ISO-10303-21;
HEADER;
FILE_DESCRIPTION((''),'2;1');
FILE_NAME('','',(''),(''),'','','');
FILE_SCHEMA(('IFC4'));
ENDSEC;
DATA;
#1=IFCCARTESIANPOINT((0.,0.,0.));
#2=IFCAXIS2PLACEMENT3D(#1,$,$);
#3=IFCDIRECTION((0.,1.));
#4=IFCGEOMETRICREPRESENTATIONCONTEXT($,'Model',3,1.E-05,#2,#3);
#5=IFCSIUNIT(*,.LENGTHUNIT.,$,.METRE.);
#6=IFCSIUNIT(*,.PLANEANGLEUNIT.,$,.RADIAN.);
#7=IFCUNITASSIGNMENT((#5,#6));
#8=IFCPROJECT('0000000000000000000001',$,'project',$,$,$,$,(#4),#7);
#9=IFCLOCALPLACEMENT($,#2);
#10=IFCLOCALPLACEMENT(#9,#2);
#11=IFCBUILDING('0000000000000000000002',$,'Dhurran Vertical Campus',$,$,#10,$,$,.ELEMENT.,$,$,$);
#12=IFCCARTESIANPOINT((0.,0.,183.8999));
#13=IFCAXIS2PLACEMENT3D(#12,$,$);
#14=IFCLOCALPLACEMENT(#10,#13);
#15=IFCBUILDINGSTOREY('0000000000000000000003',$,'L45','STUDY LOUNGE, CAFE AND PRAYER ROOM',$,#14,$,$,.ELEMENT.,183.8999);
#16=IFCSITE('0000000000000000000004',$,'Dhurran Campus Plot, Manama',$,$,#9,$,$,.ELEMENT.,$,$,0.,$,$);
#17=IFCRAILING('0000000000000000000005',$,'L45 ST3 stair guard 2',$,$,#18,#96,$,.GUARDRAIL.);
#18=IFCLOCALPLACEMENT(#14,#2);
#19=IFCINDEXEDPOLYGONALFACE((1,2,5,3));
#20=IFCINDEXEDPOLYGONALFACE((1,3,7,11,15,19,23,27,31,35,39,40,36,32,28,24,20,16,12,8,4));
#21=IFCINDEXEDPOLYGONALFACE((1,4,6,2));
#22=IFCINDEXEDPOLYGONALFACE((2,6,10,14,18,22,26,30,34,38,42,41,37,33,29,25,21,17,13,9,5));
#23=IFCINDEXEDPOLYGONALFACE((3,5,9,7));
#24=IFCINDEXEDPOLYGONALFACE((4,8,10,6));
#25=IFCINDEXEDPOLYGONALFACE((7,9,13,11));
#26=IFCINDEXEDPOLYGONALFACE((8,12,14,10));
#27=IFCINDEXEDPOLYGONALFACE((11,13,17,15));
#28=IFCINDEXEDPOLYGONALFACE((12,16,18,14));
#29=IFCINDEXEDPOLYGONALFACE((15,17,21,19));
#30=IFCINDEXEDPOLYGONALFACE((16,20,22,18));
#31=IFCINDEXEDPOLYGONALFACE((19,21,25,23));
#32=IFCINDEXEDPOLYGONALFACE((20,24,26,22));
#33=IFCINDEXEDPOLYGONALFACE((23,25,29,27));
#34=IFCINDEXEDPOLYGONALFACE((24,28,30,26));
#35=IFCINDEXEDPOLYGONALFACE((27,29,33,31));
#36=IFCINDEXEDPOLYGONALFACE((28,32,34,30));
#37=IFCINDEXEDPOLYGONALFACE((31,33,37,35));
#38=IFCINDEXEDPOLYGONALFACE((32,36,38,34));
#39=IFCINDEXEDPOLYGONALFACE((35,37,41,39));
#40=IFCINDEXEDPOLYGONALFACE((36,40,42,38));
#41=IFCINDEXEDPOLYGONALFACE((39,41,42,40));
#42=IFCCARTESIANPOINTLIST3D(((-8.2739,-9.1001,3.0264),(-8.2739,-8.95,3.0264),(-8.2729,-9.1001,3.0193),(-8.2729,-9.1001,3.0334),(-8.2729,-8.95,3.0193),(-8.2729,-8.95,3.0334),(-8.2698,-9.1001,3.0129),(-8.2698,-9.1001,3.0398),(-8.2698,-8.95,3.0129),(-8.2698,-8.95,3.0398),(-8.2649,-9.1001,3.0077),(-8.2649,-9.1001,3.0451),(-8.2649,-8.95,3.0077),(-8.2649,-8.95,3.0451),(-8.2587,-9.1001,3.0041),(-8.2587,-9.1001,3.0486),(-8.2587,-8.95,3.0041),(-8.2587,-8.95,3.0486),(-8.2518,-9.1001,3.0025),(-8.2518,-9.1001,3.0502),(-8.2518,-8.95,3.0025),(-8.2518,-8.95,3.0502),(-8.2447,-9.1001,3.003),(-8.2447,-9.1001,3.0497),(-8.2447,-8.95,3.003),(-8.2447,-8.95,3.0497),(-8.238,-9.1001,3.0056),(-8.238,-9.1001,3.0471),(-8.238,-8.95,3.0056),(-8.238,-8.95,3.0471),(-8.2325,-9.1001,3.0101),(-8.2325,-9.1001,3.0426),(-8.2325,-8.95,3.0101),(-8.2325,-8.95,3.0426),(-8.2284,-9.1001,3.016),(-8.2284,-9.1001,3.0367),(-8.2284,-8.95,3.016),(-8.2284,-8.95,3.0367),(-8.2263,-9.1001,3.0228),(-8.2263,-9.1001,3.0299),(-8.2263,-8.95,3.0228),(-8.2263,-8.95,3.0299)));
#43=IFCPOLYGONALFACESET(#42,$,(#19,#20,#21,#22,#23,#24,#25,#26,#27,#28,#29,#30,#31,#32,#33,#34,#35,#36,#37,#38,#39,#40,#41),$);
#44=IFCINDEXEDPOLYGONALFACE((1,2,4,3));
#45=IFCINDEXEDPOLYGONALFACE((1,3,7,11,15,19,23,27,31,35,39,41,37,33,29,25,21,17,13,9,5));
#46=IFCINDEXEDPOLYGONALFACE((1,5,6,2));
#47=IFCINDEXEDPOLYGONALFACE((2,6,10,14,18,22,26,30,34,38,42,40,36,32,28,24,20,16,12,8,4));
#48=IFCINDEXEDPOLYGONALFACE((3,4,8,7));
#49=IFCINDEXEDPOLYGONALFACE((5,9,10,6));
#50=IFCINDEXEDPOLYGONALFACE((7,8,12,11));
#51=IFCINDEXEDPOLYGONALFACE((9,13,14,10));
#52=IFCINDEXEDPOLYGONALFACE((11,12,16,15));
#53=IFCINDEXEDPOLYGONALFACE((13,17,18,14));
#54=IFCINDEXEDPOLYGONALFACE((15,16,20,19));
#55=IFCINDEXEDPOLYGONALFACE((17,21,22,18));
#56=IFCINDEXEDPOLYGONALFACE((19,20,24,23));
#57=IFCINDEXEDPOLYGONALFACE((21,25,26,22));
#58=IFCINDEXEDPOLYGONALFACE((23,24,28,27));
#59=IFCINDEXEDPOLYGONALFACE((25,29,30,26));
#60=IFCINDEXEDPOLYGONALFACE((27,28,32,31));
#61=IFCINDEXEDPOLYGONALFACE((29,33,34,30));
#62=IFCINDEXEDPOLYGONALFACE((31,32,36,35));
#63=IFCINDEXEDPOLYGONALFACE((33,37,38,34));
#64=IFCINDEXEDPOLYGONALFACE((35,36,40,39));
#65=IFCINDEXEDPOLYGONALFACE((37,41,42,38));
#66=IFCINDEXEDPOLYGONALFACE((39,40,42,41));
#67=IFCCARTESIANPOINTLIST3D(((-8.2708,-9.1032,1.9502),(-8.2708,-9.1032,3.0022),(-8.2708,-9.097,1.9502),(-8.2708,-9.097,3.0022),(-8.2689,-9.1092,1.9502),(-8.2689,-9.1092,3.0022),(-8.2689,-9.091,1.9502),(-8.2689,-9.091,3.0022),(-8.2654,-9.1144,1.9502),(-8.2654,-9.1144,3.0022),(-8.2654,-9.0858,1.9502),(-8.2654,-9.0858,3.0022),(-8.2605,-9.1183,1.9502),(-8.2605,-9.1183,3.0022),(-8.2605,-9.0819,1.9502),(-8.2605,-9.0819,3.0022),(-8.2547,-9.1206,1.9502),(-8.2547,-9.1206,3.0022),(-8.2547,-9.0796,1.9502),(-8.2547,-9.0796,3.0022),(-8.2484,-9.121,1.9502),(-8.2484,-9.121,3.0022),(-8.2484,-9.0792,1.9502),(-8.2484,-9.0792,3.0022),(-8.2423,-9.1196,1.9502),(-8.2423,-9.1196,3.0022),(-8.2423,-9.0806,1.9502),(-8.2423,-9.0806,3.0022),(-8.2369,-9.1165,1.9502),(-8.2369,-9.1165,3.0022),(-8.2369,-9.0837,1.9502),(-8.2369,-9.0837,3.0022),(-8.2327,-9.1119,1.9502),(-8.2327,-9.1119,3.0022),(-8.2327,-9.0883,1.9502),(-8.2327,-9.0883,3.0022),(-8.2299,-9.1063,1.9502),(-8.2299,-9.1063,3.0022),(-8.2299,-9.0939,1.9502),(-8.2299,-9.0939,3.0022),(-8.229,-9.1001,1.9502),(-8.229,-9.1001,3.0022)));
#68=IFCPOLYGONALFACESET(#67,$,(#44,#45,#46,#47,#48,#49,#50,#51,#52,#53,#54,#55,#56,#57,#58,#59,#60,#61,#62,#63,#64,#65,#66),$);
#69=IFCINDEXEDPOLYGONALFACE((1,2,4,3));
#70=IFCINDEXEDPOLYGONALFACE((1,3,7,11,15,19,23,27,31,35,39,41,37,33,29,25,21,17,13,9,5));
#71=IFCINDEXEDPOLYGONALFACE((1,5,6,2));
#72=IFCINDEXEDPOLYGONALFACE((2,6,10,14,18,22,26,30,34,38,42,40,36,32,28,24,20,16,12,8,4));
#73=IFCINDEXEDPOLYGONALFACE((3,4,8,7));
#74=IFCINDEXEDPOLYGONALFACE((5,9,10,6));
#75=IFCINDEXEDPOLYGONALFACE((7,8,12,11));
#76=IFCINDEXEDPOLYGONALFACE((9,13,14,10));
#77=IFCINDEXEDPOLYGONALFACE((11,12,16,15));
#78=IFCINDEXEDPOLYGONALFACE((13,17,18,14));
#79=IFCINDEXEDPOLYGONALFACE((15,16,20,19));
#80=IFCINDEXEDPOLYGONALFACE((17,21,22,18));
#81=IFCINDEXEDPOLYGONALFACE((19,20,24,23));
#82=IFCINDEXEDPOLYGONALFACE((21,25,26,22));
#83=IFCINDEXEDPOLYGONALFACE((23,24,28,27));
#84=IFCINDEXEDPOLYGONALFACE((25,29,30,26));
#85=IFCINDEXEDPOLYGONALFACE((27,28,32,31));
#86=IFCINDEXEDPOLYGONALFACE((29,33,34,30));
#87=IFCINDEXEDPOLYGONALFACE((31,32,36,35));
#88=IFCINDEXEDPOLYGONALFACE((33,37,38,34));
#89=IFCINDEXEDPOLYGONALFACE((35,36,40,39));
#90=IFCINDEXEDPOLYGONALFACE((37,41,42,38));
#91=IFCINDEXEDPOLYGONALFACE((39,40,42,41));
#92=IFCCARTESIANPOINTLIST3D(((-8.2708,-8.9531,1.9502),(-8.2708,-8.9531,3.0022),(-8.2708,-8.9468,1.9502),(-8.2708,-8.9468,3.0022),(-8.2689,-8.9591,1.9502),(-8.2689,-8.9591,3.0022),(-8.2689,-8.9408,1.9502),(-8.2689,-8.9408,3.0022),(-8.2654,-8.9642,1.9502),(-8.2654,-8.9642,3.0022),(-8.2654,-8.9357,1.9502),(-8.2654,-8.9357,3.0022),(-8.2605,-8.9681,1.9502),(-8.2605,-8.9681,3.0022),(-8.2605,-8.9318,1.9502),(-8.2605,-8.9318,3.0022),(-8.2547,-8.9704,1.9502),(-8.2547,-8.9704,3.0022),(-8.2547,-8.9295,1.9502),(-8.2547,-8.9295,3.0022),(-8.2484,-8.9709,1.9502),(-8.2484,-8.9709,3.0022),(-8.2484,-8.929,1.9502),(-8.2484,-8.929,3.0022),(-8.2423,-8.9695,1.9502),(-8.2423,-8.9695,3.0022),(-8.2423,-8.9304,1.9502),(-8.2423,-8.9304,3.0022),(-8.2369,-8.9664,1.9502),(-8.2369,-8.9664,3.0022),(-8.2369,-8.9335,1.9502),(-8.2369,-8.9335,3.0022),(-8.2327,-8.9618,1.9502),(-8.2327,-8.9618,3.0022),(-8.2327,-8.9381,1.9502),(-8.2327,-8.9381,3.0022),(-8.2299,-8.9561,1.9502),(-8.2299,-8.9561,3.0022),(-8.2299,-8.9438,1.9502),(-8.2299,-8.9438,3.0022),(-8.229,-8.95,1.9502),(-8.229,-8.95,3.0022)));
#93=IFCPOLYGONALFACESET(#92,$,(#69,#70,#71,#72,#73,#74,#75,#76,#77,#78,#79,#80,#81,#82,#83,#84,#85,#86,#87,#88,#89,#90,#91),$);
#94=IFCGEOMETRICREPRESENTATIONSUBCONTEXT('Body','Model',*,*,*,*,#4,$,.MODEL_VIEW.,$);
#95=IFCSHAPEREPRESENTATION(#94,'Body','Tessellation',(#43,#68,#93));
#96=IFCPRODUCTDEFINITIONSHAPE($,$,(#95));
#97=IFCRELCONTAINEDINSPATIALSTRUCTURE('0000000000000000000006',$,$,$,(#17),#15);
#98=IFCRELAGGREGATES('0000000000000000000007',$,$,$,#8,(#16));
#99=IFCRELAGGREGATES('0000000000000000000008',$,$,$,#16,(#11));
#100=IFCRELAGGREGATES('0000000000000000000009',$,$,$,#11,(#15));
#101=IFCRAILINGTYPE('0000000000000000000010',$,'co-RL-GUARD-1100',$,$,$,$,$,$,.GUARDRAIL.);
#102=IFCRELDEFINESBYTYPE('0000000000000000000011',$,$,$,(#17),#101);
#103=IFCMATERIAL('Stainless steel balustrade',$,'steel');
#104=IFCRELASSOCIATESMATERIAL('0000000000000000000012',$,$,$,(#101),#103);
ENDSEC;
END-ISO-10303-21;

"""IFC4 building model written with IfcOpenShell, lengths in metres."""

from ifc_helpers import new_model, si_unit, direction, frame, origin, origin_2d, place, context, subcontext, project, spatial, circle, extrude, material, type_object, element, save


model = new_model("IFC4")

# Units and contexts
model_context = context("Model", 3, precision=1e-05, world=origin(), true_north=direction((0.0, 1.0)))
body_context = subcontext(model_context, "Body", "Model", "MODEL_VIEW")
ifc_project = project(units=[si_unit("LENGTHUNIT", "METRE"), si_unit("PLANEANGLEUNIT", "RADIAN")], contexts=[model_context])

# Site, building, storey
site_placement = place(None, origin())
site = spatial("IfcSite", under=ifc_project, at=site_placement, Name="Dhurran Campus Plot, Manama", CompositionType="ELEMENT", RefElevation=0.0)
building_placement = place(site_placement, origin())
building = spatial("IfcBuilding", under=site, at=building_placement, Name="Dhurran Vertical Campus", CompositionType="ELEMENT")
storey_placement = place(building_placement, frame((0.0, 0.0, 183.8999)))
storey = spatial("IfcBuildingStorey", under=building, at=storey_placement, Name="L45", Description="STUDY LOUNGE, CAFE AND PRAYER ROOM", CompositionType="ELEMENT", Elevation=183.8999)

# Railing
ifc_material_1 = material(Name="Stainless steel balustrade", Category="steel")
railing_type_1 = type_object("IfcRailingType", Name="co-RL-GUARD-1100", PredefinedType="GUARDRAIL", material=ifc_material_1)
railing_1_placement = place(storey_placement, frame((-8.25, -9.1001, 1.9502)))
element("IfcRailing", 1, at=railing_1_placement, inside=storey, type_object=railing_type_1, Name="L45 ST3 stair guard 2", PredefinedType="GUARDRAIL", context=body_context, shape_type="SweptSolid", body=[
    extrude(circle(Radius=0.0239, at=origin_2d()), frame((0.0, 0.0, 1.0762), z_axis=(0.0, 1.0, 0.0), x_axis=(-1.0, 0.0, 0.0)), (0.0, 0.0, 1.0), 0.1501),
    extrude(circle(Radius=0.021, at=origin_2d()), origin(), (0.0, 0.0, 1.0), 1.052),
    extrude(circle(Radius=0.021, at=origin_2d()), frame((0.0, 0.1501, 0.0)), (0.0, 0.0, 1.0), 1.052),
])

save(model, "model.ifc")
